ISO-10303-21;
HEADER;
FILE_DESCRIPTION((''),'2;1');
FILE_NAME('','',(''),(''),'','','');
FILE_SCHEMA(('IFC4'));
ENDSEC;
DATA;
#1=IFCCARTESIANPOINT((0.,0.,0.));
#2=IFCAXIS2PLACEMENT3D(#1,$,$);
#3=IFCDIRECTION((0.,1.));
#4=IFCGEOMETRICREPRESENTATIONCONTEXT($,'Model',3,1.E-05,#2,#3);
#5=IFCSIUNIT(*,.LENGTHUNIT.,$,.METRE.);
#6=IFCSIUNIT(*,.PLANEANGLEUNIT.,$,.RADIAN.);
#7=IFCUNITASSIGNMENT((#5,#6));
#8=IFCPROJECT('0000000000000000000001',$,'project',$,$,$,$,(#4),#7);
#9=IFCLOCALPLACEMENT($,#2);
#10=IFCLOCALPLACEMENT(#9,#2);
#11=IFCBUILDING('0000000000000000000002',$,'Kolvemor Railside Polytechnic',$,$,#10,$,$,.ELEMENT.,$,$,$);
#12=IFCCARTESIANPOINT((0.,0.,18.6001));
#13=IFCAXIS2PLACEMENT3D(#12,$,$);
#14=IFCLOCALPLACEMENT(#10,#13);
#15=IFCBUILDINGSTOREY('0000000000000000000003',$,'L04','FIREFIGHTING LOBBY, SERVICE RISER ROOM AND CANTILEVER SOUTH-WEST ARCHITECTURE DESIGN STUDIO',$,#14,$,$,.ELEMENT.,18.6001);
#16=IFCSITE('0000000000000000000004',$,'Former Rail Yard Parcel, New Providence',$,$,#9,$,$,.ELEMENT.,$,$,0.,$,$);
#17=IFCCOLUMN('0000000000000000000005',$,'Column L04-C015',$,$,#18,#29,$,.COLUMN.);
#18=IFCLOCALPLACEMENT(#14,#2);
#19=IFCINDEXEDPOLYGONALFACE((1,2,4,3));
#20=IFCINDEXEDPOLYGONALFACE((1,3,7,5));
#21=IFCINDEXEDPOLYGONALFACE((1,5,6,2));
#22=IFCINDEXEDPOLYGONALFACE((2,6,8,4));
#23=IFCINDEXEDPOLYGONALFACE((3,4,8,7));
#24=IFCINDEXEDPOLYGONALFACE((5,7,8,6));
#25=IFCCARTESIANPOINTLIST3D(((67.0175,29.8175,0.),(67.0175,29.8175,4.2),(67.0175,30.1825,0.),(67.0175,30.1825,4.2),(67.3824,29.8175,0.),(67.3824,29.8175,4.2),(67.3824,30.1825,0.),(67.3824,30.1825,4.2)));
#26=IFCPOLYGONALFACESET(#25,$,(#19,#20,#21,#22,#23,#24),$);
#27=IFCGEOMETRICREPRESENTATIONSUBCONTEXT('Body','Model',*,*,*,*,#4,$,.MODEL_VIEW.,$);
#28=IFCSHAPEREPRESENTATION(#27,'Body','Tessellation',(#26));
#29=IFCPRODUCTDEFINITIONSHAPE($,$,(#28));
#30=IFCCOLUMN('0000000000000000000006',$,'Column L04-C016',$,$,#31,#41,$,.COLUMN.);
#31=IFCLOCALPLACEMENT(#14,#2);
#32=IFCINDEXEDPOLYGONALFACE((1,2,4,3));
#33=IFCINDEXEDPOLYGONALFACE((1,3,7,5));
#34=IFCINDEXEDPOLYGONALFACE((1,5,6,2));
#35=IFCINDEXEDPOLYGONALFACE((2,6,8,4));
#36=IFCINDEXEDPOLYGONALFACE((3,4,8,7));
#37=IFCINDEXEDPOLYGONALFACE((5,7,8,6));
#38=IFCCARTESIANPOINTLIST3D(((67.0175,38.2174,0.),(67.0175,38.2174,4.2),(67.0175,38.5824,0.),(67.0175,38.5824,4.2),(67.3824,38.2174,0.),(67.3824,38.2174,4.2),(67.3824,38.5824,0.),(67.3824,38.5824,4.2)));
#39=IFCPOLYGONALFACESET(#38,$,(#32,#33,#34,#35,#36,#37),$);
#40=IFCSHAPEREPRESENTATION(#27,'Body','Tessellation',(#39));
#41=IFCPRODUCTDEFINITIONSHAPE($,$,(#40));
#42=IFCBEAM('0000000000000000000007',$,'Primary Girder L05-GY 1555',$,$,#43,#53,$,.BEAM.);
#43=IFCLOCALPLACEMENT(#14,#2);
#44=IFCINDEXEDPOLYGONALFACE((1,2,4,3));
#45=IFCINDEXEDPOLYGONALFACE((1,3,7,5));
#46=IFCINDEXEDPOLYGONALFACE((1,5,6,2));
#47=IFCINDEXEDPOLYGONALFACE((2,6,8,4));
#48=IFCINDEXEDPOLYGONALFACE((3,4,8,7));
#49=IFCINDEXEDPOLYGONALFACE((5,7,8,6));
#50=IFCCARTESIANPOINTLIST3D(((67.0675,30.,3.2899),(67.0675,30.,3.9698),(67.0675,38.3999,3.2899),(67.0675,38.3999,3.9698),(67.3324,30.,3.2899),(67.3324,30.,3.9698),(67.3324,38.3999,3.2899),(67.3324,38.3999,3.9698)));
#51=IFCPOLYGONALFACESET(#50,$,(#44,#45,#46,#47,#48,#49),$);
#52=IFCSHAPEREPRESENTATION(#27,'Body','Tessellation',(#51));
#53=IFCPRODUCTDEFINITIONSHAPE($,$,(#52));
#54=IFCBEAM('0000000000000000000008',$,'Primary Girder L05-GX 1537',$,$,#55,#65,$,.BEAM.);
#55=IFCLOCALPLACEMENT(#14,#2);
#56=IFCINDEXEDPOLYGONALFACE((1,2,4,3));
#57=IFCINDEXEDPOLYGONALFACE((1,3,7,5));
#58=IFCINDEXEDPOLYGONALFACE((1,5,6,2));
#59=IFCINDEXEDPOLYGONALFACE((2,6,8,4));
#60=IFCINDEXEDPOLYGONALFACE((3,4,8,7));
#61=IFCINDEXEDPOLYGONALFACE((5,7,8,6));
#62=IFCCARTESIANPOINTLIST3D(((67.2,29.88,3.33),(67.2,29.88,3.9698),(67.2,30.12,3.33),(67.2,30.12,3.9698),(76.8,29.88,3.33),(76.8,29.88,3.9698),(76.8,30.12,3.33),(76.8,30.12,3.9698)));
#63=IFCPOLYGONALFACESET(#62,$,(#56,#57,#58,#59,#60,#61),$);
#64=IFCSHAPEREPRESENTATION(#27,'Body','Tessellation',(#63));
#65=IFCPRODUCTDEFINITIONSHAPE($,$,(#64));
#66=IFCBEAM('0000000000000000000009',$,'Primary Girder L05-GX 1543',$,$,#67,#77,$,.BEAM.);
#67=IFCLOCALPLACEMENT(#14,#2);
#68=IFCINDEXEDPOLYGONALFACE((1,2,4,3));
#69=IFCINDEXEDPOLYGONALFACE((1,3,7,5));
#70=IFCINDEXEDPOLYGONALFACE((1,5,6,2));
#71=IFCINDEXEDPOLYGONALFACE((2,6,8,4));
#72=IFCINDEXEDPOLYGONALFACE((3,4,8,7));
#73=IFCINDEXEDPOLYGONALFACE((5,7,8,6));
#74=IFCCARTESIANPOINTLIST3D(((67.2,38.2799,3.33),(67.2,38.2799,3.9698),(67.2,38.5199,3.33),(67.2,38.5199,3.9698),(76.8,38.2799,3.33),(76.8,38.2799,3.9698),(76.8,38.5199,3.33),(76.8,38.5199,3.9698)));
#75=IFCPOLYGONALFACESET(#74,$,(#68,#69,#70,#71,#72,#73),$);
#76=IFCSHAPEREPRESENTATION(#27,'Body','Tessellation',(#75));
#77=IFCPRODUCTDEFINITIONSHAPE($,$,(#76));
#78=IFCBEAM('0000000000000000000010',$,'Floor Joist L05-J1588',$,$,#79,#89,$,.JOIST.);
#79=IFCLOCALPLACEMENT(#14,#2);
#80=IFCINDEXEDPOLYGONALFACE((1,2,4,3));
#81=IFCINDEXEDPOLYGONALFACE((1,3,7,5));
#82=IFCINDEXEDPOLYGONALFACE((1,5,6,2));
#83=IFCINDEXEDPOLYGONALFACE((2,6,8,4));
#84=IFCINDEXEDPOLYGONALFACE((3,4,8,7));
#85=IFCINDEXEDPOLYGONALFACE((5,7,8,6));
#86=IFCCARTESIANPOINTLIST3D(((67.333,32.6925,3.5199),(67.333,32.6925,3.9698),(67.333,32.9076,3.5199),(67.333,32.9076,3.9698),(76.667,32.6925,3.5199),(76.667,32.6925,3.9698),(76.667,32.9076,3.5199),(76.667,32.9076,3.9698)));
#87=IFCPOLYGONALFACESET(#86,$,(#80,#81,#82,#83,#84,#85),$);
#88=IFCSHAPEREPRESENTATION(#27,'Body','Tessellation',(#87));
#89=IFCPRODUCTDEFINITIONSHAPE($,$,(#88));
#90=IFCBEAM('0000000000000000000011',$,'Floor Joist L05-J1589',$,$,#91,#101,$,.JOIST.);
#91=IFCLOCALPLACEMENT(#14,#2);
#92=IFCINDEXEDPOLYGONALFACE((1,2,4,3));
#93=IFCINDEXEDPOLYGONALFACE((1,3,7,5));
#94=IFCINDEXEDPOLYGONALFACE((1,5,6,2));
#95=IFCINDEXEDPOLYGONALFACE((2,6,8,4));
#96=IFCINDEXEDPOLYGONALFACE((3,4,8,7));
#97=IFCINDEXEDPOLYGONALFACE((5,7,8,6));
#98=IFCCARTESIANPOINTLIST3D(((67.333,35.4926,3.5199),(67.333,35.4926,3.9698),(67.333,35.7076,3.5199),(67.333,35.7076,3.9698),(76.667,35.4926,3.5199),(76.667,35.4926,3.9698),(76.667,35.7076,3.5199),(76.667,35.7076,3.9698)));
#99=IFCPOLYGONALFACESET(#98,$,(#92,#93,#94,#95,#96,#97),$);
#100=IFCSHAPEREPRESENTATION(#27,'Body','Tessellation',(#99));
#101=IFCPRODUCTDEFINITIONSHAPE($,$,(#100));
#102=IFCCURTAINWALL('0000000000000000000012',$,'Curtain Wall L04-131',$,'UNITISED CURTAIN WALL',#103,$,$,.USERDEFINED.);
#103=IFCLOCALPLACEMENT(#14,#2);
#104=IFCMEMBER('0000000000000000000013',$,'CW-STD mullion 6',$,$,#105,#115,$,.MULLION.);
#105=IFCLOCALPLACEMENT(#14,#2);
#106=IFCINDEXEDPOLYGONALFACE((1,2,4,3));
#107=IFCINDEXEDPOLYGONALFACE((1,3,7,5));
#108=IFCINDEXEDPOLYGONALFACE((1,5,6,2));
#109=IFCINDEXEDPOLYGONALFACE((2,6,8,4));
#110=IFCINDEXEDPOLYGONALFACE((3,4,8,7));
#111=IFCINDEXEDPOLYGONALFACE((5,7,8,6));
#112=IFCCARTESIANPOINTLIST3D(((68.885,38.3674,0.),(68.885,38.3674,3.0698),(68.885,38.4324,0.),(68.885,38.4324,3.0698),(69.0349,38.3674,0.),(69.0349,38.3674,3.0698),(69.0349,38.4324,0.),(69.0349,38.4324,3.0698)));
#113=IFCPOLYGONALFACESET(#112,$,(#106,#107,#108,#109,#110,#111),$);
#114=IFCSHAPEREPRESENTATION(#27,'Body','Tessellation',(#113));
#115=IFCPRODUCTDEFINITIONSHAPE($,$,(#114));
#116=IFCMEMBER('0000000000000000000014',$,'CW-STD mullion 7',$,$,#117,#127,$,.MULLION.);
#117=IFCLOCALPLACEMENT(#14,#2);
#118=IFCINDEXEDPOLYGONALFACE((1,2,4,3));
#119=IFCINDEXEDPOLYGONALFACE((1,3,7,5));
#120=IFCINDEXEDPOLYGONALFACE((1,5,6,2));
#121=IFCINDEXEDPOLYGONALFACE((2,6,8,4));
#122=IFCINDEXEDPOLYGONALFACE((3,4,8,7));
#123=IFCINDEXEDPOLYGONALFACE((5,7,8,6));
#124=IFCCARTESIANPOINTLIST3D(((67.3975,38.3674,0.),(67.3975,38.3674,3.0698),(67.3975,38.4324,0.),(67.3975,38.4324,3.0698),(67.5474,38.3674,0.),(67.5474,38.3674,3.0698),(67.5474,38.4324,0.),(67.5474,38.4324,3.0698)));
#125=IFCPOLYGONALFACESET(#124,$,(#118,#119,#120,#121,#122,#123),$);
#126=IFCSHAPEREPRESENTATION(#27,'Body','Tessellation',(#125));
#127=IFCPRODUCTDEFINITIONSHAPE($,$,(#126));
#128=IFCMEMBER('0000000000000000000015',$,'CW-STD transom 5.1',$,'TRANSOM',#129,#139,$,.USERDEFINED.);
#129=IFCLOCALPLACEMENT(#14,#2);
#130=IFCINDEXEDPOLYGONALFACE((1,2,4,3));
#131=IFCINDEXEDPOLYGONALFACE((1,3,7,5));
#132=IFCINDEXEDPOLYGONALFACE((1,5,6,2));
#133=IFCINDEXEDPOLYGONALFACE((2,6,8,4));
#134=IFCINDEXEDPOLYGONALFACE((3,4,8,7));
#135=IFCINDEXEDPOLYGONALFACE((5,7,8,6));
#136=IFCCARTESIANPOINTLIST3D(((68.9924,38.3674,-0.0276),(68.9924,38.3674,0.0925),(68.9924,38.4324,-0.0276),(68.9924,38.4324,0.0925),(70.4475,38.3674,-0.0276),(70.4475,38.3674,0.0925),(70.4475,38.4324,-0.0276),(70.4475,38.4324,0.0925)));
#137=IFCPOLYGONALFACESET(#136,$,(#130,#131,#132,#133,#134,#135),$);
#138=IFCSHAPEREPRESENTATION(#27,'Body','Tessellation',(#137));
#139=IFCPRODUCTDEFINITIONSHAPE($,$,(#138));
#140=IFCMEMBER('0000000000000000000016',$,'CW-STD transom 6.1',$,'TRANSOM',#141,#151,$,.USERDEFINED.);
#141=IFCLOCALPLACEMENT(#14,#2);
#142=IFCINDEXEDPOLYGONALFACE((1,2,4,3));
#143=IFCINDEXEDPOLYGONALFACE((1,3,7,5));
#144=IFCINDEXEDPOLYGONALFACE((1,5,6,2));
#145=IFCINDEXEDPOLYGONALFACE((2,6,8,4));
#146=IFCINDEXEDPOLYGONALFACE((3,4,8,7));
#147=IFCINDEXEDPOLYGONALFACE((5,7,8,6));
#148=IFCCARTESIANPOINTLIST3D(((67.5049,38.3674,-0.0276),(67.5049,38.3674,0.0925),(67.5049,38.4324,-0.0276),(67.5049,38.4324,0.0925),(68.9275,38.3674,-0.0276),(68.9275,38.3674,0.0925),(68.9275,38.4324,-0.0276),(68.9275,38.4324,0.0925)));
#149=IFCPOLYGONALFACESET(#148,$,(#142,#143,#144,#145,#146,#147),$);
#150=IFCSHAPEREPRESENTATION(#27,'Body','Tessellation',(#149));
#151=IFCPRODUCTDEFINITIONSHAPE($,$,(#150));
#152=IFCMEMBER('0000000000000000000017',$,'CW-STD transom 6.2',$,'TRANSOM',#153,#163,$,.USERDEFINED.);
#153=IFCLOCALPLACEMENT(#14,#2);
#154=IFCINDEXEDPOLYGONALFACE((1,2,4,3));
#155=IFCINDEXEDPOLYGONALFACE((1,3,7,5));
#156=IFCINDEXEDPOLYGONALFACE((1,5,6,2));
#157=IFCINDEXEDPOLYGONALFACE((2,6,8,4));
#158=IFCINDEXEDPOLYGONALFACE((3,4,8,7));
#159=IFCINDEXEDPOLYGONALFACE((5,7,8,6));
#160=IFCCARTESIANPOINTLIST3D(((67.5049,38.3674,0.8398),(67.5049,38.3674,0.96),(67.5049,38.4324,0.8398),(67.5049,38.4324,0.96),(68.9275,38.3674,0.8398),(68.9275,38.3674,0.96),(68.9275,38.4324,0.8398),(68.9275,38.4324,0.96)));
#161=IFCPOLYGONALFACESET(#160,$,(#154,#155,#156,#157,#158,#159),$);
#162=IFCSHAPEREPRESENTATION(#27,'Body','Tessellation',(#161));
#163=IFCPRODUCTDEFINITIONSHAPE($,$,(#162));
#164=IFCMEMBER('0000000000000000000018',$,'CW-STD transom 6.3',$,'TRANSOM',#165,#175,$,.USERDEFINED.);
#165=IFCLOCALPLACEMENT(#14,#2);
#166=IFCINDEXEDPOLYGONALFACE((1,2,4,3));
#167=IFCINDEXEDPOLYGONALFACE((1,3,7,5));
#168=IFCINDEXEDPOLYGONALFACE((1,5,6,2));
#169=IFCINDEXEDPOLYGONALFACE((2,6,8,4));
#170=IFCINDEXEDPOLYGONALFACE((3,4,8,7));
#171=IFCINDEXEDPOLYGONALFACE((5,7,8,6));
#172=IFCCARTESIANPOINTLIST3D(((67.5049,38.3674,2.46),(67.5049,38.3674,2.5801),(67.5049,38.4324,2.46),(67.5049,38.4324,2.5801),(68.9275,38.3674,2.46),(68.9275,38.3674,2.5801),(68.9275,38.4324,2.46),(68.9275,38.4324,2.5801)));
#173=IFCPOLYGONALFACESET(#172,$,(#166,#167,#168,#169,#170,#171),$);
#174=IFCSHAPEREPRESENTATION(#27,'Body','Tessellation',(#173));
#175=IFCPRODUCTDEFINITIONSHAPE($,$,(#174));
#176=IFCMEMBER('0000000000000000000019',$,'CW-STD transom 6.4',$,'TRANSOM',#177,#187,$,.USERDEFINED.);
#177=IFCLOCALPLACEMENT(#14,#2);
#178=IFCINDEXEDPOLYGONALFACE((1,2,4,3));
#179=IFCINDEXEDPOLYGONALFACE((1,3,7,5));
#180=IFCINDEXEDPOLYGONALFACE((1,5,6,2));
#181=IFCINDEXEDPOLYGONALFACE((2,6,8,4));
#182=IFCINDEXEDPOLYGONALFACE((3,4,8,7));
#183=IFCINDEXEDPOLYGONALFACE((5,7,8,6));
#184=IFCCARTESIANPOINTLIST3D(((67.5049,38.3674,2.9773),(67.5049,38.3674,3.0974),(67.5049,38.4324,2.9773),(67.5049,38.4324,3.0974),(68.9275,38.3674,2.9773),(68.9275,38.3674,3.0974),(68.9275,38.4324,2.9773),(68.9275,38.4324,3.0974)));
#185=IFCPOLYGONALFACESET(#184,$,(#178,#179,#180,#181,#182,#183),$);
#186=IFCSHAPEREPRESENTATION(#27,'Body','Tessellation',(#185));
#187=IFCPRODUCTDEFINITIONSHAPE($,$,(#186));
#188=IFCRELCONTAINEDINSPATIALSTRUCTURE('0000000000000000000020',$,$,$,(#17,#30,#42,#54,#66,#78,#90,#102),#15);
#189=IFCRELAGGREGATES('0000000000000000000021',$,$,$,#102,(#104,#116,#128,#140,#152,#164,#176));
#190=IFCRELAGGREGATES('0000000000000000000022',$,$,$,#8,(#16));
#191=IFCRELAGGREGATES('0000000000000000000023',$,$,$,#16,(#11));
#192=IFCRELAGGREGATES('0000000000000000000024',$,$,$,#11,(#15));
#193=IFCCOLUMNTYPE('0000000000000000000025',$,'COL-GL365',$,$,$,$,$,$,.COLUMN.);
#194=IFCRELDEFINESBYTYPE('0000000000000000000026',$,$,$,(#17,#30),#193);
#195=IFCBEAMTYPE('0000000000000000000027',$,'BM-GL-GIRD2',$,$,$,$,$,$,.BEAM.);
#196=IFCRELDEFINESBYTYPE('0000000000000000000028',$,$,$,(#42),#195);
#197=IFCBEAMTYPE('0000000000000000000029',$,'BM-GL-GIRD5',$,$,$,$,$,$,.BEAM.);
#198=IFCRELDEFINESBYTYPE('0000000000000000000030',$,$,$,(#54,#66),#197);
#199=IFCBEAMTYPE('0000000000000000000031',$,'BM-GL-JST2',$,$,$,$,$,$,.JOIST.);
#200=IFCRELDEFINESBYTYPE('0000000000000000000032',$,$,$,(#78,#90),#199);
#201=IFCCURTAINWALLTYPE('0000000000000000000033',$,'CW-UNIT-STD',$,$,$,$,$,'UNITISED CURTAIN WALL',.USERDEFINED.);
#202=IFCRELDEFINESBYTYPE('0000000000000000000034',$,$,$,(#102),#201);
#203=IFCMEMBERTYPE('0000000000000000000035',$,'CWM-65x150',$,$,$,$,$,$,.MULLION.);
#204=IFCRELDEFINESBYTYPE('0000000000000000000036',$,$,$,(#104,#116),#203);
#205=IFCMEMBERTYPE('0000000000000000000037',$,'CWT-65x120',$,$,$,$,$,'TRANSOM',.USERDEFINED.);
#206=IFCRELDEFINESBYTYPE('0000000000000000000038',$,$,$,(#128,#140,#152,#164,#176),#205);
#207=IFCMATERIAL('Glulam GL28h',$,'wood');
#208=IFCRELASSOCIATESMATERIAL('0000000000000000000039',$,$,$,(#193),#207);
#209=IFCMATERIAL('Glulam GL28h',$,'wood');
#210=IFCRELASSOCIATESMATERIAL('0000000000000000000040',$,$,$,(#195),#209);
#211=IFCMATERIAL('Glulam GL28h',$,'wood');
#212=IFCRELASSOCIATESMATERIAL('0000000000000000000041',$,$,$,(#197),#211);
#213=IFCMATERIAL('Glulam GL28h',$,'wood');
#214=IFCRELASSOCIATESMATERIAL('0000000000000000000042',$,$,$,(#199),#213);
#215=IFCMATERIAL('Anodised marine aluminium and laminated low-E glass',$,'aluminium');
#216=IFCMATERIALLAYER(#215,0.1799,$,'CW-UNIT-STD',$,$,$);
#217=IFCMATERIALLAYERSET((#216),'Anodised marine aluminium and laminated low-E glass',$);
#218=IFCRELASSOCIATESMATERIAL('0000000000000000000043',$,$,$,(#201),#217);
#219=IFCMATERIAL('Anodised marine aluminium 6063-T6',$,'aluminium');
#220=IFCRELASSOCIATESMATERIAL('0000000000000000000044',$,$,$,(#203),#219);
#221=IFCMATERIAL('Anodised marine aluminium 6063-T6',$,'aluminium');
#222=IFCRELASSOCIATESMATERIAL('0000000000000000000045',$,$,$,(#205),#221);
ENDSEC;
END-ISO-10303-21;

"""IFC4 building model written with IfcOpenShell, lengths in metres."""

from ifc_helpers import new_model, si_unit, direction, frame, origin, origin_2d, place, context, subcontext, project, spatial, rectangle, extrude, material, layer, layer_set, material_profile, profile_set, type_object, element, aggregate, save


model = new_model("IFC4")

# Units and contexts
model_context = context("Model", 3, precision=1e-05, world=origin(), true_north=direction((0.0, 1.0)))
body_context = subcontext(model_context, "Body", "Model", "MODEL_VIEW")
ifc_project = project(units=[si_unit("LENGTHUNIT", "METRE"), si_unit("PLANEANGLEUNIT", "RADIAN")], contexts=[model_context])

# Site, building, storey
site_placement = place(None, origin())
site = spatial("IfcSite", under=ifc_project, at=site_placement, Name="Former Rail Yard Parcel, New Providence", CompositionType="ELEMENT", RefElevation=0.0)
building_placement = place(site_placement, origin())
building = spatial("IfcBuilding", under=site, at=building_placement, Name="Kolvemor Railside Polytechnic", CompositionType="ELEMENT")
storey_placement = place(building_placement, frame((0.0, 0.0, 18.6001)))
storey = spatial("IfcBuildingStorey", under=building, at=storey_placement, Name="L04", Description="FIREFIGHTING LOBBY, SERVICE RISER ROOM AND CANTILEVER SOUTH-WEST ARCHITECTURE DESIGN STUDIO", CompositionType="ELEMENT", Elevation=18.6001)

# Columns
ifc_material_1 = material(Name="Glulam GL28h", Category="wood")
ifc_material_profile_1 = material_profile(ifc_material_1, rectangle(XDim=0.365, YDim=0.365, at=origin_2d()), Name="GL365x365")
ifc_profile_set_1 = profile_set([ifc_material_profile_1], Name="Glulam GL28h")
column_type = type_object("IfcColumnType", Name="COL-GL365", PredefinedType="COLUMN", material=ifc_profile_set_1)
for number, where, z_axis, x_axis, name in (
    (1, (67.2, 30.0, 0.0), (0.0, 0.0, 1.0), (1.0, 0.0, 0.0), "Column L04-C015"),
    (2, (67.2, 38.3999, 0.0), (0.0, 0.0, 1.0), (1.0, 0.0, 0.0), "Column L04-C016"),
):
    element("IfcColumn", number, at=place(storey_placement, frame(where, z_axis=z_axis, x_axis=x_axis)), inside=storey, type_object=column_type, Name=name, PredefinedType="COLUMN", context=body_context, shape_type="SweptSolid", body=[
        extrude(rectangle(XDim=0.365, YDim=0.365, at=origin_2d()), origin(), (0.0, 0.0, 1.0), 4.2),
    ])

# Beams
ifc_material_2 = material(Name="Glulam GL28h", Category="wood")
ifc_material_profile_2 = material_profile(ifc_material_2, rectangle(XDim=0.2649, YDim=0.6799, at=origin_2d()), Name="GL265x680")
ifc_profile_set_2 = profile_set([ifc_material_profile_2], Name="Glulam GL28h")
beam_type_1 = type_object("IfcBeamType", Name="BM-GL-GIRD2", PredefinedType="BEAM", material=ifc_profile_set_2)
beam_placement = place(storey_placement, frame((67.2, 30.0, 3.6299), z_axis=(0.0, 1.0, 0.0), x_axis=(-1.0, 0.0, 0.0)))
element("IfcBeam", 3, at=beam_placement, inside=storey, type_object=beam_type_1, Name="Primary Girder L05-GY 1555", PredefinedType="BEAM", context=body_context, shape_type="SweptSolid", body=[
    extrude(rectangle(XDim=0.2649, YDim=0.6799, at=origin_2d()), origin(), (0.0, 0.0, 1.0), 8.3999),
])
ifc_material_3 = material(Name="Glulam GL28h", Category="wood")
ifc_material_profile_3 = material_profile(ifc_material_3, rectangle(XDim=0.24, YDim=0.6399, at=origin_2d()), Name="GL240x640")
ifc_profile_set_3 = profile_set([ifc_material_profile_3], Name="Glulam GL28h")
beam_type_2 = type_object("IfcBeamType", Name="BM-GL-GIRD5", PredefinedType="BEAM", material=ifc_profile_set_3)
for number, where, z_axis, x_axis, name in (
    (4, (67.2, 30.0, 3.6499), (1.0, 0.0, 0.0), (0.0, 1.0, 0.0), "Primary Girder L05-GX 1537"),
    (5, (67.2, 38.3999, 3.6499), (1.0, 0.0, 0.0), (0.0, 1.0, 0.0), "Primary Girder L05-GX 1543"),
):
    element("IfcBeam", number, at=place(storey_placement, frame(where, z_axis=z_axis, x_axis=x_axis)), inside=storey, type_object=beam_type_2, Name=name, PredefinedType="BEAM", context=body_context, shape_type="SweptSolid", body=[
        extrude(rectangle(XDim=0.24, YDim=0.6399, at=origin_2d()), origin(), (0.0, 0.0, 1.0), 9.6001),
    ])
ifc_material_4 = material(Name="Glulam GL28h", Category="wood")
ifc_material_profile_4 = material_profile(ifc_material_4, rectangle(XDim=0.2151, YDim=0.45, at=origin_2d()), Name="GL215x450")
ifc_profile_set_4 = profile_set([ifc_material_profile_4], Name="Glulam GL28h")
beam_type_3 = type_object("IfcBeamType", Name="BM-GL-JST2", PredefinedType="JOIST", material=ifc_profile_set_4)
for number, where, z_axis, x_axis, name in (
    (6, (67.333, 32.8, 3.7449), (1.0, 0.0, 0.0), (0.0, 1.0, 0.0), "Floor Joist L05-J1588"),
    (7, (67.333, 35.6001, 3.7449), (1.0, 0.0, 0.0), (0.0, 1.0, 0.0), "Floor Joist L05-J1589"),
):
    element("IfcBeam", number, at=place(storey_placement, frame(where, z_axis=z_axis, x_axis=x_axis)), inside=storey, type_object=beam_type_3, Name=name, PredefinedType="JOIST", context=body_context, shape_type="SweptSolid", body=[
        extrude(rectangle(XDim=0.2151, YDim=0.45, at=origin_2d()), origin(), (0.0, 0.0, 1.0), 9.334),
    ])

# Curtain wall, members
ifc_material_5 = material(Name="Anodised marine aluminium and laminated low-E glass", Category="aluminium")
ifc_layer_1 = layer(ifc_material_5, 0.1799, Name="CW-UNIT-STD")
ifc_layer_set_1 = layer_set([ifc_layer_1], Name="Anodised marine aluminium and laminated low-E glass")
curtain_wall_type = type_object("IfcCurtainWallType", Name="CW-UNIT-STD", ElementType="UNITISED CURTAIN WALL", PredefinedType="USERDEFINED", material=ifc_layer_set_1)
curtain_wall_placement = place(storey_placement, origin())
curtain_wall = element("IfcCurtainWall", 8, at=curtain_wall_placement, inside=storey, type_object=curtain_wall_type, Name="Curtain Wall L04-131", ObjectType="UNITISED CURTAIN WALL", PredefinedType="USERDEFINED")
ifc_material_6 = material(Name="Anodised marine aluminium 6063-T6", Category="aluminium")
ifc_material_profile_5 = material_profile(ifc_material_6, rectangle(XDim=0.0649, YDim=0.1499, at=origin_2d()), Name="CW-MUL-65x150")
ifc_profile_set_5 = profile_set([ifc_material_profile_5], Name="Anodised marine aluminium 6063-T6")
member_type_1 = type_object("IfcMemberType", Name="CWM-65x150", PredefinedType="MULLION", material=ifc_profile_set_5)
member_1_placement = place(storey_placement, frame((68.96, 38.3999, 0.0), z_axis=(0.0, 0.0, 1.0), x_axis=(0.0, -1.0, 0.0)))
member_1 = element("IfcMember", 9, at=member_1_placement, type_object=member_type_1, Name="CW-STD mullion 6", PredefinedType="MULLION", context=body_context, shape_type="SweptSolid", body=[
    extrude(rectangle(XDim=0.0649, YDim=0.1499, at=origin_2d()), origin(), (0.0, 0.0, 1.0), 3.0698),
])
member_2_placement = place(storey_placement, frame((67.4724, 38.3999, 0.0), z_axis=(0.0, 0.0, 1.0), x_axis=(0.0, -1.0, 0.0)))
member_2 = element("IfcMember", 10, at=member_2_placement, type_object=member_type_1, Name="CW-STD mullion 7", PredefinedType="MULLION", context=body_context, shape_type="SweptSolid", body=[
    extrude(rectangle(XDim=0.0649, YDim=0.1499, at=origin_2d()), origin(), (0.0, 0.0, 1.0), 3.0698),
])
ifc_material_7 = material(Name="Anodised marine aluminium 6063-T6", Category="aluminium")
ifc_material_profile_6 = material_profile(ifc_material_7, rectangle(XDim=0.0649, YDim=0.1201, at=origin_2d()), Name="CW-TRN-65x120")
ifc_profile_set_6 = profile_set([ifc_material_profile_6], Name="Anodised marine aluminium 6063-T6")
member_type_2 = type_object("IfcMemberType", Name="CWT-65x120", ElementType="TRANSOM", PredefinedType="USERDEFINED", material=ifc_profile_set_6)
member_3_placement = place(storey_placement, frame((70.4475, 38.3999, 0.0325), z_axis=(-1.0, 0.0, 0.0), x_axis=(0.0, -1.0, 0.0)))
member_3 = element("IfcMember", 11, at=member_3_placement, type_object=member_type_2, Name="CW-STD transom 5.1", ObjectType="TRANSOM", PredefinedType="USERDEFINED", context=body_context, shape_type="SweptSolid", body=[
    extrude(rectangle(XDim=0.0649, YDim=0.1201, at=origin_2d()), origin(), (0.0, 0.0, 1.0), 1.4551),
])
member_4_placement = place(storey_placement, frame((68.9275, 38.3999, 0.0325), z_axis=(-1.0, 0.0, 0.0), x_axis=(0.0, -1.0, 0.0)))
member_4 = element("IfcMember", 12, at=member_4_placement, type_object=member_type_2, Name="CW-STD transom 6.1", ObjectType="TRANSOM", PredefinedType="USERDEFINED", context=body_context, shape_type="SweptSolid", body=[
    extrude(rectangle(XDim=0.0649, YDim=0.1201, at=origin_2d()), origin(), (0.0, 0.0, 1.0), 1.4226),
])
member_5_placement = place(storey_placement, frame((68.9275, 38.3999, 0.8999), z_axis=(-1.0, 0.0, 0.0), x_axis=(0.0, -1.0, 0.0)))
member_5 = element("IfcMember", 13, at=member_5_placement, type_object=member_type_2, Name="CW-STD transom 6.2", ObjectType="TRANSOM", PredefinedType="USERDEFINED", context=body_context, shape_type="SweptSolid", body=[
    extrude(rectangle(XDim=0.0649, YDim=0.1201, at=origin_2d()), origin(), (0.0, 0.0, 1.0), 1.4226),
])
member_6_placement = place(storey_placement, frame((68.9275, 38.3999, 2.52), z_axis=(-1.0, 0.0, 0.0), x_axis=(0.0, -1.0, 0.0)))
member_6 = element("IfcMember", 14, at=member_6_placement, type_object=member_type_2, Name="CW-STD transom 6.3", ObjectType="TRANSOM", PredefinedType="USERDEFINED", context=body_context, shape_type="SweptSolid", body=[
    extrude(rectangle(XDim=0.0649, YDim=0.1201, at=origin_2d()), origin(), (0.0, 0.0, 1.0), 1.4226),
])
member_7_placement = place(storey_placement, frame((68.9275, 38.3999, 3.0374), z_axis=(-1.0, 0.0, 0.0), x_axis=(0.0, -1.0, 0.0)))
member_7 = element("IfcMember", 15, at=member_7_placement, type_object=member_type_2, Name="CW-STD transom 6.4", ObjectType="TRANSOM", PredefinedType="USERDEFINED", context=body_context, shape_type="SweptSolid", body=[
    extrude(rectangle(XDim=0.0649, YDim=0.1201, at=origin_2d()), origin(), (0.0, 0.0, 1.0), 1.4226),
])
aggregate(curtain_wall, [member_1, member_2, member_3, member_4, member_5, member_6, member_7])

save(model, "model.ifc")
